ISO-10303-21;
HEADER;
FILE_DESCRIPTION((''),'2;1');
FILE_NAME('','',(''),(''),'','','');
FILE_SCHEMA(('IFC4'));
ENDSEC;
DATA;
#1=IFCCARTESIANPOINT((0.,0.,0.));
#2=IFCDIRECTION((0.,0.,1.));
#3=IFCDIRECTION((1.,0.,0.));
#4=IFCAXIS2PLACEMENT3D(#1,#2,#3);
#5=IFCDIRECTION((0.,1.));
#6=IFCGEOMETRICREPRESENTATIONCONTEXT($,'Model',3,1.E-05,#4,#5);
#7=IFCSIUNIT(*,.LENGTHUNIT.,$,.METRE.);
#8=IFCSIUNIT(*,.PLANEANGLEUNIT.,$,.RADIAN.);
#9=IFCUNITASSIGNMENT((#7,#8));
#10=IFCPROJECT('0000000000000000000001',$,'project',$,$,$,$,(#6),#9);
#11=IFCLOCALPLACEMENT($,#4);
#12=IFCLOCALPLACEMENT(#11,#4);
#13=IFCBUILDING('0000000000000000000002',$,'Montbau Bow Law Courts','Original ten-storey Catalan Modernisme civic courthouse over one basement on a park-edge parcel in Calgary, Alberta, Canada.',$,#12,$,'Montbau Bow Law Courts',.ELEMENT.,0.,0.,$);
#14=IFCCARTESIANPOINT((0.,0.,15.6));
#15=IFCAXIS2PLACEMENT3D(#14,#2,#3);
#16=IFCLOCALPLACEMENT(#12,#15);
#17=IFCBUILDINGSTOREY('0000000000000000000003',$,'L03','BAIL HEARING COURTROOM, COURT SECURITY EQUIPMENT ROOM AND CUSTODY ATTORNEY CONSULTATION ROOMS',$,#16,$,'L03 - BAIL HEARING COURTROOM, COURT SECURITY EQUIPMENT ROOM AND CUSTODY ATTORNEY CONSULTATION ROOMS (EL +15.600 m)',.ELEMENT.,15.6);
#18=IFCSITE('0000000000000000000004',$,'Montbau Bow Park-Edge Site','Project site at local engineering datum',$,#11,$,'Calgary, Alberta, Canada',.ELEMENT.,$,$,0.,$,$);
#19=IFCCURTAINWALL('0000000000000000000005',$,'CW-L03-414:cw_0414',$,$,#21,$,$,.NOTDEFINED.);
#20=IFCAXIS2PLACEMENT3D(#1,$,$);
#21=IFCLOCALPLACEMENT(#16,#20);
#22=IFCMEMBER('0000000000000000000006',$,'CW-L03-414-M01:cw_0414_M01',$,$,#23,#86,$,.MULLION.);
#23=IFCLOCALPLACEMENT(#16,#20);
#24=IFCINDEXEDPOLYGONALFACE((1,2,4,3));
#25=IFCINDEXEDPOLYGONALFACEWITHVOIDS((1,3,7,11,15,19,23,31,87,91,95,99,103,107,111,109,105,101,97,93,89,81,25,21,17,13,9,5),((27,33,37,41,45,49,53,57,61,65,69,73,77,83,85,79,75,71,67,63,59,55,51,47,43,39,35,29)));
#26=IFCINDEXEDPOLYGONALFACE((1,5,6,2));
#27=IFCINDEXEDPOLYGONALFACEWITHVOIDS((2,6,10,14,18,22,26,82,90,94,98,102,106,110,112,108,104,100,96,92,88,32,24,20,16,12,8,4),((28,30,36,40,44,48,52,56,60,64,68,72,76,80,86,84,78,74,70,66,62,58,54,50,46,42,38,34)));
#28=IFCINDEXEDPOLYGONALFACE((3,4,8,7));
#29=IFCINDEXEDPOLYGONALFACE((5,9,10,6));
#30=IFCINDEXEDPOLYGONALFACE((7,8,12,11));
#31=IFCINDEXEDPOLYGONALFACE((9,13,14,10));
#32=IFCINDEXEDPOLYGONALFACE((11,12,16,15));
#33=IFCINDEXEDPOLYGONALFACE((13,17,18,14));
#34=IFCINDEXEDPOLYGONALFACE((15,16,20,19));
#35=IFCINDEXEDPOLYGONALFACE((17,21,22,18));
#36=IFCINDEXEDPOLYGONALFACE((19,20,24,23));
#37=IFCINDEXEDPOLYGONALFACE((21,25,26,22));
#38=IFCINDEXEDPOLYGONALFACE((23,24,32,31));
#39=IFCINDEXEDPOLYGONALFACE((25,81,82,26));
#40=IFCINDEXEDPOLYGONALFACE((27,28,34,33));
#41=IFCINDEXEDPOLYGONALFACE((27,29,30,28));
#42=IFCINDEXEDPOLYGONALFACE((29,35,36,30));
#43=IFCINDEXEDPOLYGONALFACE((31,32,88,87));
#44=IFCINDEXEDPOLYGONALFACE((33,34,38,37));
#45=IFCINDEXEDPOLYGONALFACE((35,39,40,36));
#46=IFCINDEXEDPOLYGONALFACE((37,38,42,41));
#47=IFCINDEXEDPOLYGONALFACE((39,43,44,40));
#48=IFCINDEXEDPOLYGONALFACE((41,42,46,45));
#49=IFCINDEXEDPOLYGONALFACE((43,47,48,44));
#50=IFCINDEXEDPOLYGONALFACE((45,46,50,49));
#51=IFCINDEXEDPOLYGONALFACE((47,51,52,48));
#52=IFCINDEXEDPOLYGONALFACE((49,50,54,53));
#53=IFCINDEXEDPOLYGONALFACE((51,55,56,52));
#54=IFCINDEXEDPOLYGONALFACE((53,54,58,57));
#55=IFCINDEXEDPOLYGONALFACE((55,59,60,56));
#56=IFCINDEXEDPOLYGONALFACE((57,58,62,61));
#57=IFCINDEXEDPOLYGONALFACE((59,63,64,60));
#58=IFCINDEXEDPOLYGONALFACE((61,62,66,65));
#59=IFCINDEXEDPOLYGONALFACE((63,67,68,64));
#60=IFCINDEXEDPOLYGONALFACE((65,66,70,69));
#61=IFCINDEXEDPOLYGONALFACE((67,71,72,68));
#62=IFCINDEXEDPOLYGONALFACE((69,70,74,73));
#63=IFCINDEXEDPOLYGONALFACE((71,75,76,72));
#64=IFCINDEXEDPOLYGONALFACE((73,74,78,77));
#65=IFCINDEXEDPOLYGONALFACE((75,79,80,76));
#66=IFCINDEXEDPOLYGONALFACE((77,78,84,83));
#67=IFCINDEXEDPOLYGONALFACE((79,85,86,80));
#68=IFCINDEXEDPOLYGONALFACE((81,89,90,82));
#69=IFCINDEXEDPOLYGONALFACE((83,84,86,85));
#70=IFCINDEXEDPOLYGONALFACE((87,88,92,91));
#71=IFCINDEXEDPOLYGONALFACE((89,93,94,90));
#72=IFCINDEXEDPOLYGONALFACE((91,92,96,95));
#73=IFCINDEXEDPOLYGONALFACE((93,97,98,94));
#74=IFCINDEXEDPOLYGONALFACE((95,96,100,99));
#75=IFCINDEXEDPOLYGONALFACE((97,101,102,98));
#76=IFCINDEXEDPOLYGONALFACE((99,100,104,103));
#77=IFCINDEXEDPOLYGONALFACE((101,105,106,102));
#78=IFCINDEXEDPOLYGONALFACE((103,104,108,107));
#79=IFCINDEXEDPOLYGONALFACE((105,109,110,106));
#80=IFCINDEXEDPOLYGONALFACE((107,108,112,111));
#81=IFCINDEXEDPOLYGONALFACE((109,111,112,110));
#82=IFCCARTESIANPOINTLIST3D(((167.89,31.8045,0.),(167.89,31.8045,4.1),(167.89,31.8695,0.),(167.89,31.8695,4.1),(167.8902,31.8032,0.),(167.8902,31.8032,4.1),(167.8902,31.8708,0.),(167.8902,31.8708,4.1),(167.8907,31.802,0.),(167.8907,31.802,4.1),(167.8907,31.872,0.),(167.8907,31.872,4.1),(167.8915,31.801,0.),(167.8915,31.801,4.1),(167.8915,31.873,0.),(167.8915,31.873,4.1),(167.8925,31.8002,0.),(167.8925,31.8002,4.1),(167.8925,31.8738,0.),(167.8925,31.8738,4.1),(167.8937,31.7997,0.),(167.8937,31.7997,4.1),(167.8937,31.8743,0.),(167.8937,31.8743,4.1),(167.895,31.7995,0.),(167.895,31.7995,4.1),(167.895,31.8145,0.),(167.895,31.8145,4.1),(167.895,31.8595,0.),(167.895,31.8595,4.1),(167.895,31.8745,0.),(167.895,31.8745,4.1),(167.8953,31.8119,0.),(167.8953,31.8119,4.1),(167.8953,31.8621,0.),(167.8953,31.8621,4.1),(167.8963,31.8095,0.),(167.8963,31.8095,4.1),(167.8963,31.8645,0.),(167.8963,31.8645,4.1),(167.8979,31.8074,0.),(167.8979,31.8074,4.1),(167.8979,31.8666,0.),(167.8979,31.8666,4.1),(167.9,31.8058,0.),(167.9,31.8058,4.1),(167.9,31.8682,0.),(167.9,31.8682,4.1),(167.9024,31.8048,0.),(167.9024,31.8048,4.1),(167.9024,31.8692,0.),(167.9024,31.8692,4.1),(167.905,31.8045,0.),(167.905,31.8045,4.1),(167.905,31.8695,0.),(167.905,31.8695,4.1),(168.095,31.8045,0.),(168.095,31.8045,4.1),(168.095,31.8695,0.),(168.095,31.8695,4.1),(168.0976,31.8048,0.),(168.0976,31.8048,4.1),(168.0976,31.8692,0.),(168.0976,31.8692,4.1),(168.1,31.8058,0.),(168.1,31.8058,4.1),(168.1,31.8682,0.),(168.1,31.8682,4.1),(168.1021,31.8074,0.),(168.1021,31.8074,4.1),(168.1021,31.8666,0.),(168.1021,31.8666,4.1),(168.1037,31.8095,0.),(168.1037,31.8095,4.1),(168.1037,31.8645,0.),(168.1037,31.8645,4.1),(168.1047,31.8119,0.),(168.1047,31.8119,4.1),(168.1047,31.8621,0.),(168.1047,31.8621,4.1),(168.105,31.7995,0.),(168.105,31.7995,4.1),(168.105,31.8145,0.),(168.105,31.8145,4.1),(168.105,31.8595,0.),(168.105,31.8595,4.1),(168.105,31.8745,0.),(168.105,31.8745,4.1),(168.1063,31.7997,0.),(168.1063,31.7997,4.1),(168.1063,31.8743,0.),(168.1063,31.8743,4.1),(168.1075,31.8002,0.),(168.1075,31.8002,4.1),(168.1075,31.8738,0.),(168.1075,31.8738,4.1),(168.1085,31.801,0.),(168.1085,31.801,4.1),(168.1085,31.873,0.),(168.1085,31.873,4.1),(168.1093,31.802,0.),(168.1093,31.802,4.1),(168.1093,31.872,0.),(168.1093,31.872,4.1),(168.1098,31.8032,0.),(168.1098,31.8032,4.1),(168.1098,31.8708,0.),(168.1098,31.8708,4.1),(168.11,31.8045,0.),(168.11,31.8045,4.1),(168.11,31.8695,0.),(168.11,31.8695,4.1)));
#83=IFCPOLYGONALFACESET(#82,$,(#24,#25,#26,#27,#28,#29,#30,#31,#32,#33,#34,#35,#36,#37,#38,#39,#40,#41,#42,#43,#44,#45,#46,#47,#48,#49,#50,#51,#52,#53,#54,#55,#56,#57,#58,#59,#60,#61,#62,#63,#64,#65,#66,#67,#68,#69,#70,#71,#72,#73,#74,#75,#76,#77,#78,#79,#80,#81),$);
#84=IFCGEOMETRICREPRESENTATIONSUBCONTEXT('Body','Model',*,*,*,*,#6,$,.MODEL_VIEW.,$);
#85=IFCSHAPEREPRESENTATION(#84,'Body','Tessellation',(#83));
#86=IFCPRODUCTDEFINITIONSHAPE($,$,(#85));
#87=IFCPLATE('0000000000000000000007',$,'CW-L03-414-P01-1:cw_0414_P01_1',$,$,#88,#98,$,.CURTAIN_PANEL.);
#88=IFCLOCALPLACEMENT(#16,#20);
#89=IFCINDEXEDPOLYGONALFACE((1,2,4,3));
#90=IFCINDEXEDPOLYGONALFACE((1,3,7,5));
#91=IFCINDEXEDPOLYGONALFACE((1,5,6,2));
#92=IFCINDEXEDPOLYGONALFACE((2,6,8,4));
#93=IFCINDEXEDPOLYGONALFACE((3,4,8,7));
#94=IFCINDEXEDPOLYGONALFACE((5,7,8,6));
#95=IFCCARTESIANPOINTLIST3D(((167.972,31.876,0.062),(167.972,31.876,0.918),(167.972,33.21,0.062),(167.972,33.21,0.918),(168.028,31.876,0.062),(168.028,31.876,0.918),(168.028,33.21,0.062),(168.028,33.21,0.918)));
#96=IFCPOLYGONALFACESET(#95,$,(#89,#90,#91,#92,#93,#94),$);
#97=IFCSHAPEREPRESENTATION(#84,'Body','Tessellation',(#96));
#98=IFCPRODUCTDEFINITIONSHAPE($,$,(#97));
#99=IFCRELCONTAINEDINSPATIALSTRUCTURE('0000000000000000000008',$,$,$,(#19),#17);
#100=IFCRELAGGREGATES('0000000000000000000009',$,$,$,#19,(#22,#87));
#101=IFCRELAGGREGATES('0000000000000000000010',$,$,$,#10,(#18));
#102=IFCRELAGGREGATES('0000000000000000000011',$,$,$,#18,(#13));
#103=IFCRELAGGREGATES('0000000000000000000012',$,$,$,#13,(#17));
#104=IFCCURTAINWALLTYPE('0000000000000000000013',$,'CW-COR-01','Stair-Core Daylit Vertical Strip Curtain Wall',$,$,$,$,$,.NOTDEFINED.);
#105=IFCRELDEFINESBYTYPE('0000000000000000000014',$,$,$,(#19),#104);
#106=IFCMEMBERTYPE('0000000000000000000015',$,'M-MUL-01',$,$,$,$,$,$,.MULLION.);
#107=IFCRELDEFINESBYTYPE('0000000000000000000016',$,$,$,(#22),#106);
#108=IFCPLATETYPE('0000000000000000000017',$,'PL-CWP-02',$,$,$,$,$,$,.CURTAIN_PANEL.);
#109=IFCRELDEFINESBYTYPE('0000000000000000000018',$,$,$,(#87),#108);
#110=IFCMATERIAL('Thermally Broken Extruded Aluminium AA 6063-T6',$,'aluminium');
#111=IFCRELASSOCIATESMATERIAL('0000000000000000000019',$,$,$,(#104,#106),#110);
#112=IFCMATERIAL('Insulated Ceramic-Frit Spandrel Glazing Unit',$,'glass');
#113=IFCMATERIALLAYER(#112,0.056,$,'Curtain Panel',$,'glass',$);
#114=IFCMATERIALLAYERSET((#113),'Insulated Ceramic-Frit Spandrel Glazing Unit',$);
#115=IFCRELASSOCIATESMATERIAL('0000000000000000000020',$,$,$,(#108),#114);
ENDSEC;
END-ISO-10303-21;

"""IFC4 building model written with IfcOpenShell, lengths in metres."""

from ifc_helpers import new_model, si_unit, direction, frame, frame_2d, origin_with_axes, origin_2d_with_axis, place, context, subcontext, project, spatial, rectangle, hollow_rectangle, extrude, material, layer, layer_set, material_profile, profile_set, type_object, element, aggregate, save


model = new_model("IFC4")

# Units and contexts
model_context = context("Model", 3, precision=1e-05, world=origin_with_axes(), true_north=direction((0.0, 1.0)))
body_context = subcontext(model_context, "Body", "Model", "MODEL_VIEW")
ifc_project = project(units=[si_unit("LENGTHUNIT", "METRE"), si_unit("PLANEANGLEUNIT", "RADIAN")], contexts=[model_context])

# Site, building, storey
site_placement = place(None, origin_with_axes())
site = spatial("IfcSite", under=ifc_project, at=site_placement, Name="Montbau Bow Park-Edge Site", Description="Project site at local engineering datum", LongName="Calgary, Alberta, Canada", CompositionType="ELEMENT", RefElevation=0.0)
building_placement = place(site_placement, origin_with_axes())
building = spatial("IfcBuilding", under=site, at=building_placement, Name="Montbau Bow Law Courts", Description="Original ten-storey Catalan Modernisme civic courthouse over one basement on a park-edge parcel in Calgary, Alberta, Canada.", LongName="Montbau Bow Law Courts", CompositionType="ELEMENT", ElevationOfRefHeight=0.0, ElevationOfTerrain=0.0)
storey_placement = place(building_placement, frame((0.0, 0.0, 15.6), z_axis=(0.0, 0.0, 1.0), x_axis=(1.0, 0.0, 0.0)))
storey = spatial("IfcBuildingStorey", under=building, at=storey_placement, Name="L03", Description="BAIL HEARING COURTROOM, COURT SECURITY EQUIPMENT ROOM AND CUSTODY ATTORNEY CONSULTATION ROOMS", LongName="L03 - BAIL HEARING COURTROOM, COURT SECURITY EQUIPMENT ROOM AND CUSTODY ATTORNEY CONSULTATION ROOMS (EL +15.600 m)", CompositionType="ELEMENT", Elevation=15.6)

# Curtain wall, member, plate
ifc_material_1 = material(Name="Thermally Broken Extruded Aluminium AA 6063-T6", Category="aluminium")
curtain_wall_type = type_object("IfcCurtainWallType", Name="CW-COR-01", Description="Stair-Core Daylit Vertical Strip Curtain Wall", PredefinedType="NOTDEFINED", material=ifc_material_1)
curtain_wall_placement = place(None, frame((168.0, 31.8, 15.6), z_axis=(0.0, 0.0, 1.0), x_axis=(1.0, 0.0, 0.0)))
curtain_wall = element("IfcCurtainWall", 1, at=curtain_wall_placement, inside=storey, type_object=curtain_wall_type, Name="CW-L03-414:cw_0414", PredefinedType="NOTDEFINED")
ifc_material_profile_1 = material_profile(ifc_material_1, hollow_rectangle(XDim=0.075, YDim=0.22, WallThickness=0.005, InnerFilletRadius=0.01, OuterFilletRadius=0.005, at=origin_2d_with_axis()), Name="CWM-220X75", Category="Main", Priority=0)
ifc_profile_set_1 = profile_set([ifc_material_profile_1], Name="Thermally Broken Extruded Aluminium AA 6063-T6")
member_type = type_object("IfcMemberType", Name="M-MUL-01", PredefinedType="MULLION", material=ifc_profile_set_1)
member_placement = place(None, frame((168.0, 31.837, 15.6), z_axis=(0.0, 0.0, 1.0), x_axis=(0.0, 1.0, 0.0)))
member = element("IfcMember", 2, at=member_placement, type_object=member_type, Name="CW-L03-414-M01:cw_0414_M01", PredefinedType="MULLION", context=body_context, shape_type="SweptSolid", body=[
    extrude(hollow_rectangle(XDim=0.075, YDim=0.22, WallThickness=0.005, InnerFilletRadius=0.01, OuterFilletRadius=0.005, at=origin_2d_with_axis()), origin_with_axes(), (0.0, 0.0, 1.0), 4.1),
])
ifc_material_2 = material(Name="Insulated Ceramic-Frit Spandrel Glazing Unit", Category="glass")
ifc_layer = layer(ifc_material_2, 0.056, Name="Curtain Panel", Category="glass")
ifc_layer_set = layer_set([ifc_layer], Name="Insulated Ceramic-Frit Spandrel Glazing Unit")
plate_type = type_object("IfcPlateType", Name="PL-CWP-02", PredefinedType="CURTAIN_PANEL", material=ifc_layer_set)
plate_placement = place(None, frame((168.0, 31.876, 15.662), z_axis=(1.0, 0.0, 0.0), x_axis=(0.0, 1.0, 0.0)))
plate = element("IfcPlate", 3, at=plate_placement, type_object=plate_type, Name="CW-L03-414-P01-1:cw_0414_P01_1", PredefinedType="CURTAIN_PANEL", context=body_context, shape_type="SweptSolid", body=[
    extrude(rectangle(XDim=1.334, YDim=0.856, at=frame_2d((0.667, 0.428), x_axis=(1.0, 0.0))), frame((0.0, 0.0, -0.028), z_axis=(0.0, 0.0, 1.0), x_axis=(1.0, 0.0, 0.0)), (0.0, 0.0, 1.0), 0.056),
])
aggregate(curtain_wall, [member, plate])

save(model, "model.ifc")
